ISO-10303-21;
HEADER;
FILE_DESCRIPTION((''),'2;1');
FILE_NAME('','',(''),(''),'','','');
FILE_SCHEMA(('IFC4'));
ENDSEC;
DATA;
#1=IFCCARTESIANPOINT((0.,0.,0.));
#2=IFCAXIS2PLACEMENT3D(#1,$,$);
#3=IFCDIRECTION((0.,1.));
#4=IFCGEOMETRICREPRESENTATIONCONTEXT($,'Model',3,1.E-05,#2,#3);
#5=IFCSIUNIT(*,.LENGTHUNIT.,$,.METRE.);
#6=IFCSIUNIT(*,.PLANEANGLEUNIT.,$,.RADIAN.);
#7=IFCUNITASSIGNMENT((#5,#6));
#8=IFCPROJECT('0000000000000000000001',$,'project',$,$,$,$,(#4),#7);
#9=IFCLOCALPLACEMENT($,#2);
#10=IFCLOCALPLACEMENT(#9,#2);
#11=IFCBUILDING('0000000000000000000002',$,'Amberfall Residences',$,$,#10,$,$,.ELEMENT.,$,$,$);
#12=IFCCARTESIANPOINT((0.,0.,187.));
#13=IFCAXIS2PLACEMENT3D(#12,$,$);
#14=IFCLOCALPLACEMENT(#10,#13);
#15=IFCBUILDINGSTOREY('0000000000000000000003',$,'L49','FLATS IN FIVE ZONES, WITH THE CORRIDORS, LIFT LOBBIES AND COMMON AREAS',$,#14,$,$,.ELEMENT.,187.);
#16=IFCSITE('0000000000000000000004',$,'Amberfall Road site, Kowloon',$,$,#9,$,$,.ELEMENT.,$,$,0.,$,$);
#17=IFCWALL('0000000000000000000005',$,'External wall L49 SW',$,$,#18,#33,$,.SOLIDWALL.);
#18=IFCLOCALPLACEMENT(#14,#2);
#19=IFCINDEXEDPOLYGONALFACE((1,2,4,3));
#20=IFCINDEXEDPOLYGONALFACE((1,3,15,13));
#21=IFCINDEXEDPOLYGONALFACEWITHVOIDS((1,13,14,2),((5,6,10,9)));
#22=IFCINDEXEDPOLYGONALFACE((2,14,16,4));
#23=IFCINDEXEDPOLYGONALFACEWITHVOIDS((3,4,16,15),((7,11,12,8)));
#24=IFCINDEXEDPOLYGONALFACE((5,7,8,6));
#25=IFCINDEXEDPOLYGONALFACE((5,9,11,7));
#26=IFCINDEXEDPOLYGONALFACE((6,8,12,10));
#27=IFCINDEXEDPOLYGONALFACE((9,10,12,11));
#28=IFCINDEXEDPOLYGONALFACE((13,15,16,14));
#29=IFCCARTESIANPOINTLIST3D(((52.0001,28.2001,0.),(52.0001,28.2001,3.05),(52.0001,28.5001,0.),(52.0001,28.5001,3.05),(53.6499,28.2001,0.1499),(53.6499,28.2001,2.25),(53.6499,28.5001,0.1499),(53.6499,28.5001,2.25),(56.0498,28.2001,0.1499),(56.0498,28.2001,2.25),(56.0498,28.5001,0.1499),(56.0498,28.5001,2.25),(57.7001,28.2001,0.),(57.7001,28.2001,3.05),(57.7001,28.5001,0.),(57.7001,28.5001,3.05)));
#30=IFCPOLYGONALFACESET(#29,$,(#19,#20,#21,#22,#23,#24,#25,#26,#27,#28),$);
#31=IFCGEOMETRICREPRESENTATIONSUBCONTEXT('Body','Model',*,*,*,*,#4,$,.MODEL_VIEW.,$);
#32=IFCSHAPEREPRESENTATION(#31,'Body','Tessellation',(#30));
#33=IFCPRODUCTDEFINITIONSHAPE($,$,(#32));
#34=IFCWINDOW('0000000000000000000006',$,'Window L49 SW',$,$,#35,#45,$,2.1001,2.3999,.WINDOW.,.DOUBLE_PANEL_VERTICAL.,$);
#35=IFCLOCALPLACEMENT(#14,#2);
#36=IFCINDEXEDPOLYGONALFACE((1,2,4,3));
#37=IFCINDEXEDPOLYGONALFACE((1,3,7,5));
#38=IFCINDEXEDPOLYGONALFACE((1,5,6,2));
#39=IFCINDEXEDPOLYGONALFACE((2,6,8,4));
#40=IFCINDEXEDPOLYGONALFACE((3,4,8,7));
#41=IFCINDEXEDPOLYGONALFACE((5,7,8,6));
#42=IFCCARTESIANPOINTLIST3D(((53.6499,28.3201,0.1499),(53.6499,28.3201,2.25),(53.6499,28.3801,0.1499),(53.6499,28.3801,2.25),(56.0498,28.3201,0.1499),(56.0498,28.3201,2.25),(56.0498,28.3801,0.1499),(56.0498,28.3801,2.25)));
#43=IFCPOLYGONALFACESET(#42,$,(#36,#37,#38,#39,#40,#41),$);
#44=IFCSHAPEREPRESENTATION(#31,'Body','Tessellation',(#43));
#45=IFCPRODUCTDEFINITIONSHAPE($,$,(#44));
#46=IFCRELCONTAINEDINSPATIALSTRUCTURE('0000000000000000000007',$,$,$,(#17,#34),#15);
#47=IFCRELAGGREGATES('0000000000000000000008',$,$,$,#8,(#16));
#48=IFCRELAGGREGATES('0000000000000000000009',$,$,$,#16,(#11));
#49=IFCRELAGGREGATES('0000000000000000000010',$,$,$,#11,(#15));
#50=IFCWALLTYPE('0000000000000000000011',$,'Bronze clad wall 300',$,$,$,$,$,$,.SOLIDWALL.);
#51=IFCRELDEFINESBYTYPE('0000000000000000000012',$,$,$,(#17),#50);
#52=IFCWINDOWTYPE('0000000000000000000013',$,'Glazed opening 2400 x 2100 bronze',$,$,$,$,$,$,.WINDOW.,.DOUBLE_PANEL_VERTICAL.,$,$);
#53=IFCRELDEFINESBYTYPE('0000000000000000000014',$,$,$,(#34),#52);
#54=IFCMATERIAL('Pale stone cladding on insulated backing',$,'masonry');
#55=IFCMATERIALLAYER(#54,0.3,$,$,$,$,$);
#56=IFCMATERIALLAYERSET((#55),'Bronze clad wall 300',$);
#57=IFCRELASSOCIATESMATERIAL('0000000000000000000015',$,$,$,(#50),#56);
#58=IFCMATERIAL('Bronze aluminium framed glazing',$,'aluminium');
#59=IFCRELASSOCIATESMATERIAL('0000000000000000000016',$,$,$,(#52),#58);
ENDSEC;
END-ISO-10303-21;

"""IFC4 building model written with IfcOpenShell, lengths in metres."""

from ifc_helpers import new_model, si_unit, direction, frame, frame_2d, origin, place, context, subcontext, project, spatial, rectangle, extrude, material, layer, layer_set, type_object, element, fill, save


model = new_model("IFC4")

# Units and contexts
model_context = context("Model", 3, precision=1e-05, world=origin(), true_north=direction((0.0, 1.0)))
body_context = subcontext(model_context, "Body", "Model", "MODEL_VIEW")
ifc_project = project(units=[si_unit("LENGTHUNIT", "METRE"), si_unit("PLANEANGLEUNIT", "RADIAN")], contexts=[model_context])

# Site, building, storey
site_placement = place(None, origin())
site = spatial("IfcSite", under=ifc_project, at=site_placement, Name="Amberfall Road site, Kowloon", CompositionType="ELEMENT", RefElevation=0.0)
building_placement = place(site_placement, origin())
building = spatial("IfcBuilding", under=site, at=building_placement, Name="Amberfall Residences", CompositionType="ELEMENT")
storey_placement = place(building_placement, frame((0.0, 0.0, 187.0)))
storey = spatial("IfcBuildingStorey", under=building, at=storey_placement, Name="L49", Description="FLATS IN FIVE ZONES, WITH THE CORRIDORS, LIFT LOBBIES AND COMMON AREAS", CompositionType="ELEMENT", Elevation=187.0)

# Wall, opening, window
ifc_material_1 = material(Name="Pale stone cladding on insulated backing", Category="masonry")
ifc_layer_1 = layer(ifc_material_1, 0.3)
ifc_layer_set_1 = layer_set([ifc_layer_1], Name="Bronze clad wall 300")
wall_type = type_object("IfcWallType", Name="Bronze clad wall 300", PredefinedType="SOLIDWALL", material=ifc_layer_set_1)
wall_placement = place(storey_placement, frame((52.0, 28.3501, 0.0), z_axis=(0.0, 0.0, 1.0), x_axis=(1.0, 0.0, 0.0)))
wall = element("IfcWall", 1, at=wall_placement, inside=storey, type_object=wall_type, Name="External wall L49 SW", PredefinedType="SOLIDWALL", context=body_context, shape_type="SweptSolid", body=[
    extrude(rectangle(XDim=5.7, YDim=0.3, at=frame_2d((2.8501, 0.0))), origin(), (0.0, 0.0, 1.0), 3.05),
])
opening_placement = place(wall_placement, frame((1.6499, 0.0, 0.1499)))
opening = element("IfcOpeningElement", 2, at=opening_placement, cuts=wall, PredefinedType="OPENING", context=body_context, shape_type="SweptSolid", body=[
    extrude(rectangle(XDim=2.3999, YDim=2.1001, at=frame_2d((1.2, 1.05))), frame((0.0, 0.1599, 0.0), z_axis=(0.0, -1.0, 0.0), x_axis=(1.0, 0.0, 0.0)), (0.0, 0.0, 1.0), 0.3201),
])
ifc_material_2 = material(Name="Bronze aluminium framed glazing", Category="aluminium")
window_type = type_object("IfcWindowType", Name="Glazed opening 2400 x 2100 bronze", PartitioningType="DOUBLE_PANEL_VERTICAL", PredefinedType="WINDOW", material=ifc_material_2)
window_placement = place(opening_placement, origin())
window = element("IfcWindow", 3, at=window_placement, inside=storey, type_object=window_type, Name="Window L49 SW", OverallHeight=2.1001, OverallWidth=2.3999, PartitioningType="DOUBLE_PANEL_VERTICAL", PredefinedType="WINDOW", context=body_context, shape_type="SweptSolid", body=[
    extrude(rectangle(XDim=2.3999, YDim=2.1001, at=frame_2d((1.2, 1.05))), frame((0.0, 0.03, 0.0), z_axis=(0.0, -1.0, 0.0), x_axis=(1.0, 0.0, 0.0)), (0.0, 0.0, 1.0), 0.0601),
])
fill(opening, window)

save(model, "model.ifc")
